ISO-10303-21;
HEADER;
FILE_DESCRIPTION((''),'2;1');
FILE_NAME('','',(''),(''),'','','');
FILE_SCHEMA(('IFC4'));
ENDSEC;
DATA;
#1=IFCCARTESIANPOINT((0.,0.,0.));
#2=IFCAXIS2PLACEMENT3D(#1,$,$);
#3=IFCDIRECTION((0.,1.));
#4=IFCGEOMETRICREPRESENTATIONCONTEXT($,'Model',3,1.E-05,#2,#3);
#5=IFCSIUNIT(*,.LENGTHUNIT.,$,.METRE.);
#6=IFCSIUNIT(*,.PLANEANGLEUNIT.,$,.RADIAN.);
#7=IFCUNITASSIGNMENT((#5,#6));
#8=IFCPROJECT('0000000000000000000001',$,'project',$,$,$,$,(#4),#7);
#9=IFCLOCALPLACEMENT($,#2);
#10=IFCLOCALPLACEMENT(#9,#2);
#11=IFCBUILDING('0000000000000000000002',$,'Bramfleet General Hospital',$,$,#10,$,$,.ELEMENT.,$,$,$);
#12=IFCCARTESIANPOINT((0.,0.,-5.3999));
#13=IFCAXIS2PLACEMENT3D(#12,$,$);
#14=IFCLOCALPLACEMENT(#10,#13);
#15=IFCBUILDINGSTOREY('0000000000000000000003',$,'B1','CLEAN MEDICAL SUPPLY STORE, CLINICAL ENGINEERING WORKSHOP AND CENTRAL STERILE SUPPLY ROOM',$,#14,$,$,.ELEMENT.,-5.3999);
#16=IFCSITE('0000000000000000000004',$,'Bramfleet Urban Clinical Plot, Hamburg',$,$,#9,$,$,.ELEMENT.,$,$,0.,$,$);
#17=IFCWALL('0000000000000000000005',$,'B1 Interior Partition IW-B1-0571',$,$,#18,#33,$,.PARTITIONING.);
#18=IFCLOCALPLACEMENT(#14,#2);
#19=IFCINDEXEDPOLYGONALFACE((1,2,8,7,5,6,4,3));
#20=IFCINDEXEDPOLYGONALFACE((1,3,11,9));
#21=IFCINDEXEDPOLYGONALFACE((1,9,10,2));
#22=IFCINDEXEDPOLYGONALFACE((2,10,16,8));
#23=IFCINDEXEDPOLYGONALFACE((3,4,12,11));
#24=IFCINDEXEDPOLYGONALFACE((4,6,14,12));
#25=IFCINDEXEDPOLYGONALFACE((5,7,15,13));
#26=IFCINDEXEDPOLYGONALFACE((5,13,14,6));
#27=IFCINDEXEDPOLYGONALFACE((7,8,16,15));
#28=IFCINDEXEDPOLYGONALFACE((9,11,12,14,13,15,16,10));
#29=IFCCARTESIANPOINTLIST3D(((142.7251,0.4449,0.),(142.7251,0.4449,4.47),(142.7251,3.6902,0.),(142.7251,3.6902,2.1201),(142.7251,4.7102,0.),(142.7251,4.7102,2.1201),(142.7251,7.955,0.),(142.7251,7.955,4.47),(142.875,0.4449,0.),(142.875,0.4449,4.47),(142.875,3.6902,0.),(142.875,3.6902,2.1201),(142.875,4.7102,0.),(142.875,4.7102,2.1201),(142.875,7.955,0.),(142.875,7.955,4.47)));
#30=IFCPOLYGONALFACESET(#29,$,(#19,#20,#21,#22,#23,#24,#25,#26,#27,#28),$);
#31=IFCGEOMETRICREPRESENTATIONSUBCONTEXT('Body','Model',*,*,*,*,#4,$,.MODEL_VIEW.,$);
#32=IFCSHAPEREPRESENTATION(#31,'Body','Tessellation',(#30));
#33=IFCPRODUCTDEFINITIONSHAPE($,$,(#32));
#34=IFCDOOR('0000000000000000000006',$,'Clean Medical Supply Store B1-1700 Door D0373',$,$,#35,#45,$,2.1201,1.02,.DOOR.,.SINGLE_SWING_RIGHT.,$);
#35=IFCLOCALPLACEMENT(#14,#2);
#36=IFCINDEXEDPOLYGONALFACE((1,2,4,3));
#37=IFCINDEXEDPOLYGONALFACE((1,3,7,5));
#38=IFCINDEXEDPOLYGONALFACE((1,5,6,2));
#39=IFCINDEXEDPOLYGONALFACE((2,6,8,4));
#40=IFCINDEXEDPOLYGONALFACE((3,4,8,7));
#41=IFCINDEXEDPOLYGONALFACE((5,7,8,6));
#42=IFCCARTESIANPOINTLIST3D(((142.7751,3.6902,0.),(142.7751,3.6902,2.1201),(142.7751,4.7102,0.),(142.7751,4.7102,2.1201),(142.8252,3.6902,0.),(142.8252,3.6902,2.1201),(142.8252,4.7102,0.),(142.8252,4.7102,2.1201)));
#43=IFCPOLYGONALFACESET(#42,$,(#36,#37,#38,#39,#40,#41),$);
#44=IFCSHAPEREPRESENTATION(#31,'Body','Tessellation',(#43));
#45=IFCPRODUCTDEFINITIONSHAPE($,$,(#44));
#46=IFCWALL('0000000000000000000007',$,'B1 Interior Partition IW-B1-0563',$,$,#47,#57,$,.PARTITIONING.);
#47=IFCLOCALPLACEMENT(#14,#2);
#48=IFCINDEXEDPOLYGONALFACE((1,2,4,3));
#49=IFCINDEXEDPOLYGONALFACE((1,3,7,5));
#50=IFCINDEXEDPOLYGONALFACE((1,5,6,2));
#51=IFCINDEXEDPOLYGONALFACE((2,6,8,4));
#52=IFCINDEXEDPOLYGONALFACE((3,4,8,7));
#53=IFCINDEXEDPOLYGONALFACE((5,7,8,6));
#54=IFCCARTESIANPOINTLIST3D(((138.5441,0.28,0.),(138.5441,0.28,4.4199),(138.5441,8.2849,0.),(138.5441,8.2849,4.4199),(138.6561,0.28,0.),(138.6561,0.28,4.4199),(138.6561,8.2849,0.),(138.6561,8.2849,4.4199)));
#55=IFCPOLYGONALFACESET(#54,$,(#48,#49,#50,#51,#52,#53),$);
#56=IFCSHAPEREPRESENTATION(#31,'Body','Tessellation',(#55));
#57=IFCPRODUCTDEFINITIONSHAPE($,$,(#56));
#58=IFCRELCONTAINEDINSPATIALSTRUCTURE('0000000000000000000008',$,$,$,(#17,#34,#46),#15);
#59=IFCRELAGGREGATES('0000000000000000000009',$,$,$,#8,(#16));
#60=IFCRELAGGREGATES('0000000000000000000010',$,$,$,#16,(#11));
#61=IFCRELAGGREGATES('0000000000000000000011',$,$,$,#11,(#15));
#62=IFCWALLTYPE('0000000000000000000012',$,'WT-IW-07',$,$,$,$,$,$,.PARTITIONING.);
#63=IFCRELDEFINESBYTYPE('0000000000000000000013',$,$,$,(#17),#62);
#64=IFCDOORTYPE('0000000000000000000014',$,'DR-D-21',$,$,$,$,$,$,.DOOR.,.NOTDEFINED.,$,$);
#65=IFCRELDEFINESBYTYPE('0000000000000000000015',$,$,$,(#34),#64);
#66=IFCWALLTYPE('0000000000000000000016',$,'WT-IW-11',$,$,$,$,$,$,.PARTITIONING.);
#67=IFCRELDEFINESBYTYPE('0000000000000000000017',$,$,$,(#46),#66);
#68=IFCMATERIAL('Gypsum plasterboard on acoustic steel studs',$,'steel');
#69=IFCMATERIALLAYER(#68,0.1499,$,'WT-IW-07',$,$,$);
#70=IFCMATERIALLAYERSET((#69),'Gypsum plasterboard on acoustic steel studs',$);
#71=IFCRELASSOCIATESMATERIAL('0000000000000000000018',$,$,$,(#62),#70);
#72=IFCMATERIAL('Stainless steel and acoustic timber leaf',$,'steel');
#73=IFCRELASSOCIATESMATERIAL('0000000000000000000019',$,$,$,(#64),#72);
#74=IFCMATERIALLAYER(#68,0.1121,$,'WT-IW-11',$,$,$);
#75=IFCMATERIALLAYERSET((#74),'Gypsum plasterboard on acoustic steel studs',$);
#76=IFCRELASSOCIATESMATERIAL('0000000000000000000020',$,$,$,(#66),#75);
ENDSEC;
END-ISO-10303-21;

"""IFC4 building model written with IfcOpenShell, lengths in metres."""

from ifc_helpers import new_model, si_unit, direction, frame, frame_2d, origin, place, context, subcontext, project, spatial, rectangle, extrude, material, layer, layer_set, type_object, element, fill, save


model = new_model("IFC4")

# Units and contexts
model_context = context("Model", 3, precision=1e-05, world=origin(), true_north=direction((0.0, 1.0)))
body_context = subcontext(model_context, "Body", "Model", "MODEL_VIEW")
ifc_project = project(units=[si_unit("LENGTHUNIT", "METRE"), si_unit("PLANEANGLEUNIT", "RADIAN")], contexts=[model_context])

# Site, building, storey
site_placement = place(None, origin())
site = spatial("IfcSite", under=ifc_project, at=site_placement, Name="Bramfleet Urban Clinical Plot, Hamburg", CompositionType="ELEMENT", RefElevation=0.0)
building_placement = place(site_placement, origin())
building = spatial("IfcBuilding", under=site, at=building_placement, Name="Bramfleet General Hospital", CompositionType="ELEMENT")
storey_placement = place(building_placement, frame((0.0, 0.0, -5.3999)))
storey = spatial("IfcBuildingStorey", under=building, at=storey_placement, Name="B1", Description="CLEAN MEDICAL SUPPLY STORE, CLINICAL ENGINEERING WORKSHOP AND CENTRAL STERILE SUPPLY ROOM", CompositionType="ELEMENT", Elevation=-5.3999)

# Shared definitions
ifc_material_1 = material(Name="Gypsum plasterboard on acoustic steel studs", Category="steel")
ifc_material_2 = material(Name="Stainless steel and acoustic timber leaf", Category="steel")

# Wall, opening, door
ifc_layer_1 = layer(ifc_material_1, 0.1499, Name="WT-IW-07")
ifc_layer_set_1 = layer_set([ifc_layer_1], Name="Gypsum plasterboard on acoustic steel studs")
wall_type_1 = type_object("IfcWallType", Name="WT-IW-07", PredefinedType="PARTITIONING", material=ifc_layer_set_1)
wall_1_placement = place(storey_placement, frame((142.8, 0.4451, 0.0), z_axis=(0.0, 0.0, 1.0), x_axis=(0.0, 1.0, 0.0)))
wall_1 = element("IfcWall", 1, at=wall_1_placement, inside=storey, type_object=wall_type_1, Name="B1 Interior Partition IW-B1-0571", PredefinedType="PARTITIONING", context=body_context, shape_type="SweptSolid", body=[
    extrude(rectangle(XDim=7.51, YDim=0.1499, at=frame_2d((3.7549, 0.0))), origin(), (0.0, 0.0, 1.0), 4.47),
])
opening_1_placement = place(wall_1_placement, frame((3.2451, 0.0, 0.0)))
opening_1 = element("IfcOpeningElement", 2, at=opening_1_placement, cuts=wall_1, PredefinedType="OPENING", context=body_context, shape_type="SweptSolid", body=[
    extrude(rectangle(XDim=1.02, YDim=2.1201, at=frame_2d((0.51, 1.0601))), frame((0.0, 0.085, 0.0), z_axis=(0.0, -1.0, 0.0), x_axis=(1.0, 0.0, 0.0)), (0.0, 0.0, 1.0), 0.1699),
])
door_type_1 = type_object("IfcDoorType", Name="DR-D-21", OperationType="NOTDEFINED", PredefinedType="DOOR", material=ifc_material_2)
door_1_placement = place(opening_1_placement, origin())
door_1 = element("IfcDoor", 3, at=door_1_placement, inside=storey, type_object=door_type_1, Name="Clean Medical Supply Store B1-1700 Door D0373", OperationType="SINGLE_SWING_RIGHT", OverallHeight=2.1201, OverallWidth=1.02, PredefinedType="DOOR", context=body_context, shape_type="SweptSolid", body=[
    extrude(rectangle(XDim=1.02, YDim=2.1201, at=frame_2d((0.51, 1.0601))), frame((0.0, 0.0249, 0.0), z_axis=(0.0, -1.0, 0.0), x_axis=(1.0, 0.0, 0.0)), (0.0, 0.0, 1.0), 0.05),
])
fill(opening_1, door_1)

# Wall
ifc_layer_2 = layer(ifc_material_1, 0.1121, Name="WT-IW-11")
ifc_layer_set_2 = layer_set([ifc_layer_2], Name="Gypsum plasterboard on acoustic steel studs")
wall_type_2 = type_object("IfcWallType", Name="WT-IW-11", PredefinedType="PARTITIONING", material=ifc_layer_set_2)
wall_2_placement = place(storey_placement, frame((138.6001, 0.28, 0.0), z_axis=(0.0, 0.0, 1.0), x_axis=(0.0, 1.0, 0.0)))
element("IfcWall", 4, at=wall_2_placement, inside=storey, type_object=wall_type_2, Name="B1 Interior Partition IW-B1-0563", PredefinedType="PARTITIONING", context=body_context, shape_type="SweptSolid", body=[
    extrude(rectangle(XDim=8.0049, YDim=0.1121, at=frame_2d((4.0024, 0.0))), origin(), (0.0, 0.0, 1.0), 4.4199),
])

save(model, "model.ifc")
